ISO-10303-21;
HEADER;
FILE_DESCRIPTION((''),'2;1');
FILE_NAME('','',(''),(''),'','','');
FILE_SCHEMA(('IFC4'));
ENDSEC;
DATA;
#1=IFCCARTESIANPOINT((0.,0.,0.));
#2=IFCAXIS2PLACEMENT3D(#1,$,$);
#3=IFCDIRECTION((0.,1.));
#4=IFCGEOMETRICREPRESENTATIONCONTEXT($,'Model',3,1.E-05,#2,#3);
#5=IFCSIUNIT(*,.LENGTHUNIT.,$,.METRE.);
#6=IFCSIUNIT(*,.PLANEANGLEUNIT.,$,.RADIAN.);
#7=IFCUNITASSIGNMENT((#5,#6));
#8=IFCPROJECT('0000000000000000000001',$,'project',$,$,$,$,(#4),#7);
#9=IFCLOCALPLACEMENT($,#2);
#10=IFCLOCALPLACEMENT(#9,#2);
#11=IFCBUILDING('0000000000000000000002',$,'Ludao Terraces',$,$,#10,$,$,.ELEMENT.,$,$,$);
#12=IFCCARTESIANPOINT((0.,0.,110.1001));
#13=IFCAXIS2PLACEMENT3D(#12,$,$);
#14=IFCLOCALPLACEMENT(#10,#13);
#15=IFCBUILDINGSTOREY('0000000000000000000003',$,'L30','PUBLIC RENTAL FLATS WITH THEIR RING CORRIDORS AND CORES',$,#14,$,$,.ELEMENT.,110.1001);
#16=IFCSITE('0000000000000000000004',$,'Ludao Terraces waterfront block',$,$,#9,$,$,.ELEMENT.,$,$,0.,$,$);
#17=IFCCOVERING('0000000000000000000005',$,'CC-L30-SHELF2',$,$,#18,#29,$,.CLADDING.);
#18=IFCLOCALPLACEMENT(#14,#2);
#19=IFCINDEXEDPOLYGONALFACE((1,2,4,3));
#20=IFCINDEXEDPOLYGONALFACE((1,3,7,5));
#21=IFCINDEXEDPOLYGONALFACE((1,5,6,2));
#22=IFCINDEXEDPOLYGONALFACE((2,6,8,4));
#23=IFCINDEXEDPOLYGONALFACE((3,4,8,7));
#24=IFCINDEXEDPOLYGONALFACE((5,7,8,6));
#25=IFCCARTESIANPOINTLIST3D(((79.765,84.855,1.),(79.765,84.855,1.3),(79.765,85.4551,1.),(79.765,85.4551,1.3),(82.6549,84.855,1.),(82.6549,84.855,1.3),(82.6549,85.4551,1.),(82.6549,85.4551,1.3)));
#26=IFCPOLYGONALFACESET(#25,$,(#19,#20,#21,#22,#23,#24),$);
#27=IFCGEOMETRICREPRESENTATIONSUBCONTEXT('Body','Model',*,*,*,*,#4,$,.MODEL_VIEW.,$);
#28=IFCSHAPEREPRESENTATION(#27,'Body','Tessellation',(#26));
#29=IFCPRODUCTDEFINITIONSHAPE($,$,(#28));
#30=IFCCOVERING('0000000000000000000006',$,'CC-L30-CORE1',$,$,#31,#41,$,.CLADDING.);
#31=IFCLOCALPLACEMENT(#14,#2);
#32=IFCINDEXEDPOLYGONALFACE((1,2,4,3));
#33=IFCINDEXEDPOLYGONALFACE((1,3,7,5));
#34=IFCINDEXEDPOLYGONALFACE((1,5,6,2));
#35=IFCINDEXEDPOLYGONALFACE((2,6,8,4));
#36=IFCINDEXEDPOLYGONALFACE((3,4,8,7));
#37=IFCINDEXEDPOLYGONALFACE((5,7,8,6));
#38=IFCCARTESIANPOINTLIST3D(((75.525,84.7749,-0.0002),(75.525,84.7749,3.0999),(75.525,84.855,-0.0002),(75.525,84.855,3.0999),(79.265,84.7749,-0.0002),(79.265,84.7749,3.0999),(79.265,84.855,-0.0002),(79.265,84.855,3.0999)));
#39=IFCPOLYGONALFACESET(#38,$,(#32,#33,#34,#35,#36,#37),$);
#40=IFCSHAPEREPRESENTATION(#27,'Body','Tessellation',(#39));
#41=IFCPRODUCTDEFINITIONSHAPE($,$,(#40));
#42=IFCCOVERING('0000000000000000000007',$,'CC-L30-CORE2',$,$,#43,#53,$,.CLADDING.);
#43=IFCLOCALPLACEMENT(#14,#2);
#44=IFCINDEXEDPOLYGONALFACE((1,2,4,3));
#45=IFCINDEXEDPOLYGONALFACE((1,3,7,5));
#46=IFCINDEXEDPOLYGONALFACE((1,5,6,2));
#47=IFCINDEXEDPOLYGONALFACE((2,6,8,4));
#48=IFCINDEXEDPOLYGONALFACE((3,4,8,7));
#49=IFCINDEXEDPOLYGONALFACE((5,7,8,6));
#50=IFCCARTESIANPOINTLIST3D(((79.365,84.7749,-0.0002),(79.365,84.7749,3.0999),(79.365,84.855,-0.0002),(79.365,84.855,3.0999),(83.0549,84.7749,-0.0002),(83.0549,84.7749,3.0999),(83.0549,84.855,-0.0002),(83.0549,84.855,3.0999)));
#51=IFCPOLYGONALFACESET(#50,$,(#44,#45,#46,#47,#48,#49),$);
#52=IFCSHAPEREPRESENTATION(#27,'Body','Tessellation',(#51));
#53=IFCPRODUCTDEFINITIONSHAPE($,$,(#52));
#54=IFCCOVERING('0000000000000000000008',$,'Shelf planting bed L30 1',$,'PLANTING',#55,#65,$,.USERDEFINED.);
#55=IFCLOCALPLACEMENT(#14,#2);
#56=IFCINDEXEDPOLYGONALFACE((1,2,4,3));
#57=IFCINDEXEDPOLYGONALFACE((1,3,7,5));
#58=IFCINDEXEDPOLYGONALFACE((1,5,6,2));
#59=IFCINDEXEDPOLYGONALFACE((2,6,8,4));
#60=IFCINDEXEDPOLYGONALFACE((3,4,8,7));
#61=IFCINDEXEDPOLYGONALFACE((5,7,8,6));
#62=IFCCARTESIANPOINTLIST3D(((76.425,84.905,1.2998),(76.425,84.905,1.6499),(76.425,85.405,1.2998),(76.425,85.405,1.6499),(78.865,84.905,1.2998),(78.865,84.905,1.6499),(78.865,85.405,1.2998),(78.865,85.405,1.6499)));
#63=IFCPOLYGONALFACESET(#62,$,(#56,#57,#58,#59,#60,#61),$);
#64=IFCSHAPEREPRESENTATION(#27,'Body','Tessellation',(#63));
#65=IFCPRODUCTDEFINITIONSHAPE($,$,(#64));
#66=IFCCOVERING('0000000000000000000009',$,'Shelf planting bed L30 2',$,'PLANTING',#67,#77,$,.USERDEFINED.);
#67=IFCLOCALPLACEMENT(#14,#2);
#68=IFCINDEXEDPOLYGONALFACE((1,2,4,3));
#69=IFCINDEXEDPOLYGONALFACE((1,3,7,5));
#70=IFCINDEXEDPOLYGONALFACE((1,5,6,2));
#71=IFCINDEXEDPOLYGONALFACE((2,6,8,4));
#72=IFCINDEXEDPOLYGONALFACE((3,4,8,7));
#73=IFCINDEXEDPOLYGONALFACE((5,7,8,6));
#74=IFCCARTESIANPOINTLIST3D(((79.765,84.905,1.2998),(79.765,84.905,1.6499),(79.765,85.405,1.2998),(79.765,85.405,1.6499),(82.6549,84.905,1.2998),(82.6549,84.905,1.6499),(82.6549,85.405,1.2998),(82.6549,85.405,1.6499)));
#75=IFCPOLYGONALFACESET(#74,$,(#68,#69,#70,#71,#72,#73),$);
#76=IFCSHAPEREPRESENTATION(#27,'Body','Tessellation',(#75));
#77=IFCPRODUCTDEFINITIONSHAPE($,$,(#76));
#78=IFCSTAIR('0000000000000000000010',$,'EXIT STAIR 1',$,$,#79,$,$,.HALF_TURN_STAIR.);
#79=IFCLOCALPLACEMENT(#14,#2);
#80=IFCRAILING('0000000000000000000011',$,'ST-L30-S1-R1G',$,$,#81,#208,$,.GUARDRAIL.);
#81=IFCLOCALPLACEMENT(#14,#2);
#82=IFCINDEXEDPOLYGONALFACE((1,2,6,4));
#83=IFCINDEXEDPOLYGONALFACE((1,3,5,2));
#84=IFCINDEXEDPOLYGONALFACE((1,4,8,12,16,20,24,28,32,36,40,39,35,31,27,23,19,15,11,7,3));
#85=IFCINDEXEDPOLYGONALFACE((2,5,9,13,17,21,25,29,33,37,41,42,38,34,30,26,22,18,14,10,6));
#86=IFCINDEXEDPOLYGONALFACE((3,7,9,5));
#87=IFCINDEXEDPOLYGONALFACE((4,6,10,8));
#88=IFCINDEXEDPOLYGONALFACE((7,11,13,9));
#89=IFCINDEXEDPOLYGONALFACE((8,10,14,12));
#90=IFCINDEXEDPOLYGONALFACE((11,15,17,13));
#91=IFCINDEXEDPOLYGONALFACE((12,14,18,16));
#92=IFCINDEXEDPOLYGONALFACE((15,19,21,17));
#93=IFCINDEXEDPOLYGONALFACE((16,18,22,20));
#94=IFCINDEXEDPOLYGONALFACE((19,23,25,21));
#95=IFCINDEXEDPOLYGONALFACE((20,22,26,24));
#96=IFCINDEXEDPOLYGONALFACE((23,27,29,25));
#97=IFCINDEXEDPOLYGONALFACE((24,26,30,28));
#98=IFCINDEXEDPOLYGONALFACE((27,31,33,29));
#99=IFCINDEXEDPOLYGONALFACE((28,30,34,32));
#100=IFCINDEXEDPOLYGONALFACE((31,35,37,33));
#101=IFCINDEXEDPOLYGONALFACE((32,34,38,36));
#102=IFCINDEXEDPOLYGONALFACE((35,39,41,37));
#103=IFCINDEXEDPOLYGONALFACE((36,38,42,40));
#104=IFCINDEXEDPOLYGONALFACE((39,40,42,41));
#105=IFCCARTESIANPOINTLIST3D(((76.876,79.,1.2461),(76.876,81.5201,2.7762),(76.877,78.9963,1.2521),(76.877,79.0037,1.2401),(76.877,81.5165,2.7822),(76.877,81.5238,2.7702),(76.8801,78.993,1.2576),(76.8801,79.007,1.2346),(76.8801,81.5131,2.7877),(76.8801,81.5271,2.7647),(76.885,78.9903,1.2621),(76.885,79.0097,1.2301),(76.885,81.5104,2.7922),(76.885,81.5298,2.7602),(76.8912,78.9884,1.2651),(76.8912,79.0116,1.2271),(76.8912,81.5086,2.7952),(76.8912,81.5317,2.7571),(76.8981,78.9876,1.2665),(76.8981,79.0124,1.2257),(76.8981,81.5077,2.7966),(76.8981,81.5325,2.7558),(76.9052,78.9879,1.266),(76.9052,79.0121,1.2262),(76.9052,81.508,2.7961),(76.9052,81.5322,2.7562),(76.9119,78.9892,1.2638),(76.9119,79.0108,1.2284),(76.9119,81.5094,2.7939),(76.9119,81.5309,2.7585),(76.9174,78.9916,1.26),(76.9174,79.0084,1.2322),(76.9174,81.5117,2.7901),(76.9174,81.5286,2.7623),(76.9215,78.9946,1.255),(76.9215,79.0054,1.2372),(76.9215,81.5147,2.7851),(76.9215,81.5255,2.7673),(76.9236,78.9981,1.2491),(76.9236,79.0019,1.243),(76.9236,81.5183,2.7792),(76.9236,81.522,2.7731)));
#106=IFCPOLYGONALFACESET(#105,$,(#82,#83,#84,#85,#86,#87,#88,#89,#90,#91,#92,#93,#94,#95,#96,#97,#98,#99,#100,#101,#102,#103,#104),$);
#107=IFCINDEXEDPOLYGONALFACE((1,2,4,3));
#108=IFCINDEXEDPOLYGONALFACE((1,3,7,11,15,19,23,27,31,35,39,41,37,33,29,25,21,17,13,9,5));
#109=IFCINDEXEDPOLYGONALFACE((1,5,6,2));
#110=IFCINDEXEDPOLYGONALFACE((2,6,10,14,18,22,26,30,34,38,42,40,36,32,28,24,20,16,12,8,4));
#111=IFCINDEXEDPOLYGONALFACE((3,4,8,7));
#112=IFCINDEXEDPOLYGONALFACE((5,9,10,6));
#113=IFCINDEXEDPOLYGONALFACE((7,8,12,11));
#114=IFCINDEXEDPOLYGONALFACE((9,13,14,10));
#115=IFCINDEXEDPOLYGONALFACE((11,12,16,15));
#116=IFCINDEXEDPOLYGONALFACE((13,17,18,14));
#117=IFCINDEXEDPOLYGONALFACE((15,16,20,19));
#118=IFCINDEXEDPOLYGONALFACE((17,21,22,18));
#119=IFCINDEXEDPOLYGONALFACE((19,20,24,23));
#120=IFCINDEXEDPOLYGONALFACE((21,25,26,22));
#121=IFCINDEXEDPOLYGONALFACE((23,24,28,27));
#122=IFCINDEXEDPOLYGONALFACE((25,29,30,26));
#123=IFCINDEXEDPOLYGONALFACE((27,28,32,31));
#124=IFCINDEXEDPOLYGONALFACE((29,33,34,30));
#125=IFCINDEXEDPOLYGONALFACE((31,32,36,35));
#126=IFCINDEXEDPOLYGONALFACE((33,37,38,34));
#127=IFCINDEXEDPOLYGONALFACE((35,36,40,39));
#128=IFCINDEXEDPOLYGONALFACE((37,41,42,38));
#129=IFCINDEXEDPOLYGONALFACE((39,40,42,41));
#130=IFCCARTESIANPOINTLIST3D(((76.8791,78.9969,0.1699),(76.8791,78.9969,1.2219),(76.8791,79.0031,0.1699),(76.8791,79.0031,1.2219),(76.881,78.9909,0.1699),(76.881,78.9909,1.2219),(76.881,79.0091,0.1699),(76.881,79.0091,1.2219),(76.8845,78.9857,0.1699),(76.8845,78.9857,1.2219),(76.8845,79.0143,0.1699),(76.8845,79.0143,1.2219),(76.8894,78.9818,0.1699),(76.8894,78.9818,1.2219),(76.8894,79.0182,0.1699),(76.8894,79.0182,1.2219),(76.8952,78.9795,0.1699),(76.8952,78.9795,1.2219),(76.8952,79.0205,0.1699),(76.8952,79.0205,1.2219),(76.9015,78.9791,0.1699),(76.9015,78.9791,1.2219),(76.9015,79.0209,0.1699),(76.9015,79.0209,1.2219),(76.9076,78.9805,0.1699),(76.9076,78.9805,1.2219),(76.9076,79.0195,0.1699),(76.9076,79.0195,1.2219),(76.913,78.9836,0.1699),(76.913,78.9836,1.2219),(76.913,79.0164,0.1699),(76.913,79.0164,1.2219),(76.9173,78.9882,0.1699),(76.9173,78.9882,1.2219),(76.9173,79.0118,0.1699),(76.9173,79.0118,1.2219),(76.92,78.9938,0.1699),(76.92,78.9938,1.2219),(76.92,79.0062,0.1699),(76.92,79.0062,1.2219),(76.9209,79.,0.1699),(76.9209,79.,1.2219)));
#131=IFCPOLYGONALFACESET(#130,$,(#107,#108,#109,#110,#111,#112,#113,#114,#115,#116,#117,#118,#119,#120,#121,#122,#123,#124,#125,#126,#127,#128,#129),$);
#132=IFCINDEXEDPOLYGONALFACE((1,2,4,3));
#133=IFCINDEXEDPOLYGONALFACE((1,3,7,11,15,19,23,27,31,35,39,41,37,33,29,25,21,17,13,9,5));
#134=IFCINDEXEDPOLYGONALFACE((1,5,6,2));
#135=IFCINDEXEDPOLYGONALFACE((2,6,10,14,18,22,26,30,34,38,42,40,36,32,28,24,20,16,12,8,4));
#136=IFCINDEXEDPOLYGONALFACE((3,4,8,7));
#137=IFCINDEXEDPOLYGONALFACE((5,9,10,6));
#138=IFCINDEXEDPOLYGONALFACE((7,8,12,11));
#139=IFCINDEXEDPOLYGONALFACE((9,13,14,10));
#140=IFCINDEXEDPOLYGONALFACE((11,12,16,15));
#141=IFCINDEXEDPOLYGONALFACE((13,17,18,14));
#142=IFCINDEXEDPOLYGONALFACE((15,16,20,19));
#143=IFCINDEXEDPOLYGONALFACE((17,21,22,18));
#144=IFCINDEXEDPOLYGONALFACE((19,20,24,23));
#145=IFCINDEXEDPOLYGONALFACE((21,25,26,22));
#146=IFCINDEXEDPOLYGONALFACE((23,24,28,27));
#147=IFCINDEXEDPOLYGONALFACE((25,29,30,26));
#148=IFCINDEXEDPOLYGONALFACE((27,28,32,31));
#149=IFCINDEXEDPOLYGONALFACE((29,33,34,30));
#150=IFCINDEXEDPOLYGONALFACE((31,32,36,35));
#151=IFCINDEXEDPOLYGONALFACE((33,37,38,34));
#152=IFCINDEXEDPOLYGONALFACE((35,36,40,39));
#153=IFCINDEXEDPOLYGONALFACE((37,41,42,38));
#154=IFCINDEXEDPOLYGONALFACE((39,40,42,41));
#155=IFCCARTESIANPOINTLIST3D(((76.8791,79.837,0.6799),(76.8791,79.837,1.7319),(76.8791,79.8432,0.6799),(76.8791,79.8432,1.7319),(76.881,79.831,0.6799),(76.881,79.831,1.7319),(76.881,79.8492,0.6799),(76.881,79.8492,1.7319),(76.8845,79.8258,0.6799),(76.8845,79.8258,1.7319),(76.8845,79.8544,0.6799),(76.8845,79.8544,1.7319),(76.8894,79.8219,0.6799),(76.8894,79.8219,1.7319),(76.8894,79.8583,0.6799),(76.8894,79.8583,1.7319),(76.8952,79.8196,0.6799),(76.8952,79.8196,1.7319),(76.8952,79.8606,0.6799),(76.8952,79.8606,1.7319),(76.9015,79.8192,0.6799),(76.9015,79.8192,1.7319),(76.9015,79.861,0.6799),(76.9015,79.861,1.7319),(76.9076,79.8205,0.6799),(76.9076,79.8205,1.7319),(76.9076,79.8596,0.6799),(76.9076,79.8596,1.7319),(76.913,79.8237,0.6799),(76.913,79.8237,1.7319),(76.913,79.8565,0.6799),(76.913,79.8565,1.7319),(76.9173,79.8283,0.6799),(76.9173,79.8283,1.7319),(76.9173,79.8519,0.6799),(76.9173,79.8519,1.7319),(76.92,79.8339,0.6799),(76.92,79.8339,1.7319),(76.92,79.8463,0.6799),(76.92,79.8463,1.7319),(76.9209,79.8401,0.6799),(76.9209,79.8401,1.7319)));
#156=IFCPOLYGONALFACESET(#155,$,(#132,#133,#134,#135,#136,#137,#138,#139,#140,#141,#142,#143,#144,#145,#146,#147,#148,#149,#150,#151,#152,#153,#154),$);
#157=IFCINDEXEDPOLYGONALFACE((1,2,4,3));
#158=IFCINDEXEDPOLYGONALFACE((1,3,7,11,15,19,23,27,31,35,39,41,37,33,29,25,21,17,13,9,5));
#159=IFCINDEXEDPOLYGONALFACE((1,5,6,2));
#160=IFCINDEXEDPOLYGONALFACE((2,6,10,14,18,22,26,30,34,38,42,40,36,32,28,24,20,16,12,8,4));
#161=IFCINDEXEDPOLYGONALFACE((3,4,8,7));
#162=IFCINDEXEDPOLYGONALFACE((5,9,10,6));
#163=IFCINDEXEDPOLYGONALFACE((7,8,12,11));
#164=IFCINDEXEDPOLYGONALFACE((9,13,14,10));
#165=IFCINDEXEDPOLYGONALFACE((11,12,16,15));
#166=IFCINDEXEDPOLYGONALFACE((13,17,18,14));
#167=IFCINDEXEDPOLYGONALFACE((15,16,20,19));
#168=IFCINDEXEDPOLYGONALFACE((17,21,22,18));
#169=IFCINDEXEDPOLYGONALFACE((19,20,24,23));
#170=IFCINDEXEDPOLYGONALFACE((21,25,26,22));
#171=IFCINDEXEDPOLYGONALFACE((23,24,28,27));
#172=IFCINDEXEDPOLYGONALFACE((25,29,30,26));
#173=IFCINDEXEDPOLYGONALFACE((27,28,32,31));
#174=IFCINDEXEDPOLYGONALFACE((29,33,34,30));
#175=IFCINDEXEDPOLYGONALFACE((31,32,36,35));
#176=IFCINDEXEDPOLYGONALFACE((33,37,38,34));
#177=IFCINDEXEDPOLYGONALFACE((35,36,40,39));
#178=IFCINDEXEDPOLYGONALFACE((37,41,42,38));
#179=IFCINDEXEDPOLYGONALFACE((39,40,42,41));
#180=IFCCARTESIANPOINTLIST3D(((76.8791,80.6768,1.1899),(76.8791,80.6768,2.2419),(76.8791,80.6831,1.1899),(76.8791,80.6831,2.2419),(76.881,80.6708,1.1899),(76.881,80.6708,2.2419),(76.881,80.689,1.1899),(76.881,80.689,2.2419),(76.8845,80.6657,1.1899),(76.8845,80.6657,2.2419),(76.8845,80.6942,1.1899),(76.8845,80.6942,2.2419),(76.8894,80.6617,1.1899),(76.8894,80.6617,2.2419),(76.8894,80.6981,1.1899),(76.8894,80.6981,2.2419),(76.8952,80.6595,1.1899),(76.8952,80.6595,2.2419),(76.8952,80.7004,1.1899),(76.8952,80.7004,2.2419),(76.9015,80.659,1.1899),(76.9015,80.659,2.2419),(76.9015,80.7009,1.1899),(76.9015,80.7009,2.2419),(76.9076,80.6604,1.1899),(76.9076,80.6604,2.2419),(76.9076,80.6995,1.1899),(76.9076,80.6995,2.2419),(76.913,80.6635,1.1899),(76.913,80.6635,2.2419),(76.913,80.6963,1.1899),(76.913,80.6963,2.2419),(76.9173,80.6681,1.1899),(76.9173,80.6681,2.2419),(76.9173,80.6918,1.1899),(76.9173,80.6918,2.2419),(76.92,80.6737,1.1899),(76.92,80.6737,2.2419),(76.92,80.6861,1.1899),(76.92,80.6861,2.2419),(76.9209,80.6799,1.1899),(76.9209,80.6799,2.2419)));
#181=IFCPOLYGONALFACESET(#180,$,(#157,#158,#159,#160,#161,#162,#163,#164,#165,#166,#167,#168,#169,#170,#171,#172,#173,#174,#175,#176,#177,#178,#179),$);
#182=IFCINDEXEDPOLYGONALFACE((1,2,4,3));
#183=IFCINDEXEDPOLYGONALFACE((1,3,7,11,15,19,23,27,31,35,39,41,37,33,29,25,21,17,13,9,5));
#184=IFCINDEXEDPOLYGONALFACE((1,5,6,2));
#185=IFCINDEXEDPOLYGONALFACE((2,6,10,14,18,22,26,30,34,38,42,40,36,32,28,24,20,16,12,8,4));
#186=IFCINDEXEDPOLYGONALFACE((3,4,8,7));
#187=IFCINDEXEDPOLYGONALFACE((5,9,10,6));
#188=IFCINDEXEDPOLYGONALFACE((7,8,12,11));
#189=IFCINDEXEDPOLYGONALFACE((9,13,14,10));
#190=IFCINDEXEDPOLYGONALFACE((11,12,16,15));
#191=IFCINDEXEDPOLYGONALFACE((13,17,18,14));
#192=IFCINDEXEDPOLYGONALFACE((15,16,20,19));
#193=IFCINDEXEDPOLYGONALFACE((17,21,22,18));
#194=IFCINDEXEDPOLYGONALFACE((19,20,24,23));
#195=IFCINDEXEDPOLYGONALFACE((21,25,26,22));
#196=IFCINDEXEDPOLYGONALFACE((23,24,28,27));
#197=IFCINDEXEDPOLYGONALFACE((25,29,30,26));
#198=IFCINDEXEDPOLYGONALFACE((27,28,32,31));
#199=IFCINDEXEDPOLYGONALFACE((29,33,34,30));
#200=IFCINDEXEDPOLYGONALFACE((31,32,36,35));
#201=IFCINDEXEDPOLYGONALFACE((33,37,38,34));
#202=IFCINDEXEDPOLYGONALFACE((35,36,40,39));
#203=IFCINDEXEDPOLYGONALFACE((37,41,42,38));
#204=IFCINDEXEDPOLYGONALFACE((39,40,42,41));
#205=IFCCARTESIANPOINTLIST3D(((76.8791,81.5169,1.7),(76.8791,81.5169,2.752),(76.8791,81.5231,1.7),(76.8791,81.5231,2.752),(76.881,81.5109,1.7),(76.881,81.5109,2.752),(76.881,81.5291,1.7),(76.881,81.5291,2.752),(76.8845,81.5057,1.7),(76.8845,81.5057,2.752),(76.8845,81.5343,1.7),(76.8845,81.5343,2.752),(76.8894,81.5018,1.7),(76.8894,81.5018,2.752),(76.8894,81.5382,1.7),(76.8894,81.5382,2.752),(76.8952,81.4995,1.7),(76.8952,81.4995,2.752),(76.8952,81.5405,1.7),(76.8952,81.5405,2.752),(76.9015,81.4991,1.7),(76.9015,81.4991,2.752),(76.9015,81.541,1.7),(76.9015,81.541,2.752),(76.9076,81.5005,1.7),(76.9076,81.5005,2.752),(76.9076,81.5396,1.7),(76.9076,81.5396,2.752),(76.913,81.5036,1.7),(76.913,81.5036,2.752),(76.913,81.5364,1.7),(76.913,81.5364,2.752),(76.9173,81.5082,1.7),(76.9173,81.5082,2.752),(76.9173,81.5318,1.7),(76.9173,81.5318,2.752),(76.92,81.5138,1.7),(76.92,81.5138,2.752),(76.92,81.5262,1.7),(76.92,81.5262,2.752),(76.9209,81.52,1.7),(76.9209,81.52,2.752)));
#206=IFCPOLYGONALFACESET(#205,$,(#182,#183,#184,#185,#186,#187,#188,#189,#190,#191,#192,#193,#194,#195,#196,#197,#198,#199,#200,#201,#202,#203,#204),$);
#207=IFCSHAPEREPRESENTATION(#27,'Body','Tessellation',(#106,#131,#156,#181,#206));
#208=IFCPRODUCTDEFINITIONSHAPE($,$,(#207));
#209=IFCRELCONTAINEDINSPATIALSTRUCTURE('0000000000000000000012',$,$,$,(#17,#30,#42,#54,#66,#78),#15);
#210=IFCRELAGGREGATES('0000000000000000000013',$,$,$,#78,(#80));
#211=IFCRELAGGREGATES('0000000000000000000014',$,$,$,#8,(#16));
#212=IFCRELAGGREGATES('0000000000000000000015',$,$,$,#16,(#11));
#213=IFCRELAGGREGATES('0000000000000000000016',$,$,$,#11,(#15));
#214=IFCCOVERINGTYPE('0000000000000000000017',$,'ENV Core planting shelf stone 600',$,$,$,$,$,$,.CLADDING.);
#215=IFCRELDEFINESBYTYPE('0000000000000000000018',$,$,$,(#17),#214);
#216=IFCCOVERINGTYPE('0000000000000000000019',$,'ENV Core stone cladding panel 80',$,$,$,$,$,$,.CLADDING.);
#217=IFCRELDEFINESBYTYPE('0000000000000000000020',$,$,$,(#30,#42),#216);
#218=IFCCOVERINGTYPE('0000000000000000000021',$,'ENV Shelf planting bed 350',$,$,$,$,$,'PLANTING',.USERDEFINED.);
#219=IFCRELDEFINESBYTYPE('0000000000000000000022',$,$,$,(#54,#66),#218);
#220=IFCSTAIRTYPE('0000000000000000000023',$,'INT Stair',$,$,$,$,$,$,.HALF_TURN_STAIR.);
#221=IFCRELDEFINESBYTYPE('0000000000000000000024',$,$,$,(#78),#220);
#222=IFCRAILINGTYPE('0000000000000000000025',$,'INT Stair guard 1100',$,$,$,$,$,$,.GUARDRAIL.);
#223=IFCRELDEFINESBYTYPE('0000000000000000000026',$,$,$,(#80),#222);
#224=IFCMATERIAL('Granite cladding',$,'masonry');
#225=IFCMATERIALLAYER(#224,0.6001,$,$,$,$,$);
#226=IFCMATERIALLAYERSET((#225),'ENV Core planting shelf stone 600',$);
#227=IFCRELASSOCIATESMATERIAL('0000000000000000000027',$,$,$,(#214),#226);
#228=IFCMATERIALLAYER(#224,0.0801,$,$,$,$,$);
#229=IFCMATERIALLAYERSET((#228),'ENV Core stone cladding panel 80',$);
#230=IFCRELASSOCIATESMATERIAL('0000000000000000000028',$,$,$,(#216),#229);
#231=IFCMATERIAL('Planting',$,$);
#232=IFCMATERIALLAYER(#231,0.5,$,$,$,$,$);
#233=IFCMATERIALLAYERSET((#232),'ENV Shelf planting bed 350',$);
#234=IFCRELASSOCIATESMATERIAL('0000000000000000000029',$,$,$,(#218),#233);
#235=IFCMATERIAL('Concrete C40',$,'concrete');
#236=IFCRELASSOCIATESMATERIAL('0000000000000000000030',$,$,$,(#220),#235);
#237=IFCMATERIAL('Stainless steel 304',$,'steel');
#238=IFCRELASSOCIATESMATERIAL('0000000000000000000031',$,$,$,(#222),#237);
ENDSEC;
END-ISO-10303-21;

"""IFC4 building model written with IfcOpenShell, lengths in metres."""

from ifc_helpers import new_model, si_unit, direction, frame, origin, origin_2d, place, context, subcontext, project, spatial, rectangle, circle, extrude, material, layer, layer_set, type_object, element, aggregate, save


model = new_model("IFC4")

# Units and contexts
model_context = context("Model", 3, precision=1e-05, world=origin(), true_north=direction((0.0, 1.0)))
body_context = subcontext(model_context, "Body", "Model", "MODEL_VIEW")
ifc_project = project(units=[si_unit("LENGTHUNIT", "METRE"), si_unit("PLANEANGLEUNIT", "RADIAN")], contexts=[model_context])

# Site, building, storey
site_placement = place(None, origin())
site = spatial("IfcSite", under=ifc_project, at=site_placement, Name="Ludao Terraces waterfront block", CompositionType="ELEMENT", RefElevation=0.0)
building_placement = place(site_placement, origin())
building = spatial("IfcBuilding", under=site, at=building_placement, Name="Ludao Terraces", CompositionType="ELEMENT")
storey_placement = place(building_placement, frame((0.0, 0.0, 110.1001)))
storey = spatial("IfcBuildingStorey", under=building, at=storey_placement, Name="L30", Description="PUBLIC RENTAL FLATS WITH THEIR RING CORRIDORS AND CORES", CompositionType="ELEMENT", Elevation=110.1001)

# Shared definitions
ifc_material_1 = material(Name="Stainless steel 304", Category="steel")

# Coverings
ifc_material_2 = material(Name="Granite cladding", Category="masonry")
ifc_layer_1 = layer(ifc_material_2, 0.6001)
ifc_layer_set_1 = layer_set([ifc_layer_1], Name="ENV Core planting shelf stone 600")
covering_type_1 = type_object("IfcCoveringType", Name="ENV Core planting shelf stone 600", PredefinedType="CLADDING", material=ifc_layer_set_1)
covering_1_placement = place(storey_placement, frame((81.21, 85.155, 1.0), z_axis=(0.0, 0.0, 1.0), x_axis=(1.0, 0.0, 0.0)))
element("IfcCovering", 1, at=covering_1_placement, inside=storey, type_object=covering_type_1, Name="CC-L30-SHELF2", PredefinedType="CLADDING", context=body_context, shape_type="SweptSolid", body=[
    extrude(rectangle(XDim=2.8899, YDim=0.6001, at=origin_2d()), origin(), (0.0, 0.0, 1.0), 0.3),
])
ifc_layer_2 = layer(ifc_material_2, 0.0801)
ifc_layer_set_2 = layer_set([ifc_layer_2], Name="ENV Core stone cladding panel 80")
covering_type_2 = type_object("IfcCoveringType", Name="ENV Core stone cladding panel 80", PredefinedType="CLADDING", material=ifc_layer_set_2)
covering_2_placement = place(storey_placement, frame((77.395, 84.8149, -0.0002), z_axis=(0.0, 0.0, 1.0), x_axis=(1.0, 0.0, 0.0)))
element("IfcCovering", 2, at=covering_2_placement, inside=storey, type_object=covering_type_2, Name="CC-L30-CORE1", PredefinedType="CLADDING", context=body_context, shape_type="SweptSolid", body=[
    extrude(rectangle(XDim=3.74, YDim=0.0801, at=origin_2d()), origin(), (0.0, 0.0, 1.0), 3.1001),
])
covering_3_placement = place(storey_placement, frame((81.21, 84.8149, -0.0002), z_axis=(0.0, 0.0, 1.0), x_axis=(1.0, 0.0, 0.0)))
element("IfcCovering", 3, at=covering_3_placement, inside=storey, type_object=covering_type_2, Name="CC-L30-CORE2", PredefinedType="CLADDING", context=body_context, shape_type="SweptSolid", body=[
    extrude(rectangle(XDim=3.6899, YDim=0.0801, at=origin_2d()), origin(), (0.0, 0.0, 1.0), 3.1001),
])
ifc_material_3 = material(Name="Planting")
ifc_layer_3 = layer(ifc_material_3, 0.5)
ifc_layer_set_3 = layer_set([ifc_layer_3], Name="ENV Shelf planting bed 350")
covering_type_3 = type_object("IfcCoveringType", Name="ENV Shelf planting bed 350", ElementType="PLANTING", PredefinedType="USERDEFINED", material=ifc_layer_set_3)
covering_4_placement = place(storey_placement, frame((77.645, 85.155, 1.2998), z_axis=(0.0, 0.0, 1.0), x_axis=(1.0, 0.0, 0.0)))
element("IfcCovering", 4, at=covering_4_placement, inside=storey, type_object=covering_type_3, Name="Shelf planting bed L30 1", ObjectType="PLANTING", PredefinedType="USERDEFINED", context=body_context, shape_type="SweptSolid", body=[
    extrude(rectangle(XDim=2.4399, YDim=0.5, at=origin_2d()), origin(), (0.0, 0.0, 1.0), 0.3501),
])
covering_5_placement = place(storey_placement, frame((81.21, 85.155, 1.2998), z_axis=(0.0, 0.0, 1.0), x_axis=(1.0, 0.0, 0.0)))
element("IfcCovering", 5, at=covering_5_placement, inside=storey, type_object=covering_type_3, Name="Shelf planting bed L30 2", ObjectType="PLANTING", PredefinedType="USERDEFINED", context=body_context, shape_type="SweptSolid", body=[
    extrude(rectangle(XDim=2.8899, YDim=0.5, at=origin_2d()), origin(), (0.0, 0.0, 1.0), 0.3501),
])

# Stair, railing
ifc_material_4 = material(Name="Concrete C40", Category="concrete")
stair_type = type_object("IfcStairType", Name="INT Stair", PredefinedType="HALF_TURN_STAIR", material=ifc_material_4)
stair_placement = place(storey_placement, origin())
stair = element("IfcStair", 6, at=stair_placement, inside=storey, type_object=stair_type, Name="EXIT STAIR 1", PredefinedType="HALF_TURN_STAIR")
railing_type_1 = type_object("IfcRailingType", Name="INT Stair guard 1100", PredefinedType="GUARDRAIL", material=ifc_material_1)
railing_1_placement = place(storey_placement, frame((76.8999, 79.0, 0.1699)))
railing_1 = element("IfcRailing", 7, at=railing_1_placement, type_object=railing_type_1, Name="ST-L30-S1-R1G", PredefinedType="GUARDRAIL", context=body_context, shape_type="SweptSolid", body=[
    extrude(circle(Radius=0.0239, at=origin_2d()), frame((0.0, 0.0, 1.0762), z_axis=(0.0, 0.854785, 0.518982), x_axis=(-1.0, 0.0, 0.0)), (0.0, 0.0, 1.0), 2.9482),
    extrude(circle(Radius=0.021, at=origin_2d()), origin(), (0.0, 0.0, 1.0), 1.052),
    extrude(circle(Radius=0.021, at=origin_2d()), frame((0.0, 0.8401, 0.51)), (0.0, 0.0, 1.0), 1.052),
    extrude(circle(Radius=0.021, at=origin_2d()), frame((0.0, 1.6799, 1.02)), (0.0, 0.0, 1.0), 1.052),
    extrude(circle(Radius=0.021, at=origin_2d()), frame((0.0, 2.52, 1.53)), (0.0, 0.0, 1.0), 1.052),
])
aggregate(stair, [railing_1])

save(model, "model.ifc")
